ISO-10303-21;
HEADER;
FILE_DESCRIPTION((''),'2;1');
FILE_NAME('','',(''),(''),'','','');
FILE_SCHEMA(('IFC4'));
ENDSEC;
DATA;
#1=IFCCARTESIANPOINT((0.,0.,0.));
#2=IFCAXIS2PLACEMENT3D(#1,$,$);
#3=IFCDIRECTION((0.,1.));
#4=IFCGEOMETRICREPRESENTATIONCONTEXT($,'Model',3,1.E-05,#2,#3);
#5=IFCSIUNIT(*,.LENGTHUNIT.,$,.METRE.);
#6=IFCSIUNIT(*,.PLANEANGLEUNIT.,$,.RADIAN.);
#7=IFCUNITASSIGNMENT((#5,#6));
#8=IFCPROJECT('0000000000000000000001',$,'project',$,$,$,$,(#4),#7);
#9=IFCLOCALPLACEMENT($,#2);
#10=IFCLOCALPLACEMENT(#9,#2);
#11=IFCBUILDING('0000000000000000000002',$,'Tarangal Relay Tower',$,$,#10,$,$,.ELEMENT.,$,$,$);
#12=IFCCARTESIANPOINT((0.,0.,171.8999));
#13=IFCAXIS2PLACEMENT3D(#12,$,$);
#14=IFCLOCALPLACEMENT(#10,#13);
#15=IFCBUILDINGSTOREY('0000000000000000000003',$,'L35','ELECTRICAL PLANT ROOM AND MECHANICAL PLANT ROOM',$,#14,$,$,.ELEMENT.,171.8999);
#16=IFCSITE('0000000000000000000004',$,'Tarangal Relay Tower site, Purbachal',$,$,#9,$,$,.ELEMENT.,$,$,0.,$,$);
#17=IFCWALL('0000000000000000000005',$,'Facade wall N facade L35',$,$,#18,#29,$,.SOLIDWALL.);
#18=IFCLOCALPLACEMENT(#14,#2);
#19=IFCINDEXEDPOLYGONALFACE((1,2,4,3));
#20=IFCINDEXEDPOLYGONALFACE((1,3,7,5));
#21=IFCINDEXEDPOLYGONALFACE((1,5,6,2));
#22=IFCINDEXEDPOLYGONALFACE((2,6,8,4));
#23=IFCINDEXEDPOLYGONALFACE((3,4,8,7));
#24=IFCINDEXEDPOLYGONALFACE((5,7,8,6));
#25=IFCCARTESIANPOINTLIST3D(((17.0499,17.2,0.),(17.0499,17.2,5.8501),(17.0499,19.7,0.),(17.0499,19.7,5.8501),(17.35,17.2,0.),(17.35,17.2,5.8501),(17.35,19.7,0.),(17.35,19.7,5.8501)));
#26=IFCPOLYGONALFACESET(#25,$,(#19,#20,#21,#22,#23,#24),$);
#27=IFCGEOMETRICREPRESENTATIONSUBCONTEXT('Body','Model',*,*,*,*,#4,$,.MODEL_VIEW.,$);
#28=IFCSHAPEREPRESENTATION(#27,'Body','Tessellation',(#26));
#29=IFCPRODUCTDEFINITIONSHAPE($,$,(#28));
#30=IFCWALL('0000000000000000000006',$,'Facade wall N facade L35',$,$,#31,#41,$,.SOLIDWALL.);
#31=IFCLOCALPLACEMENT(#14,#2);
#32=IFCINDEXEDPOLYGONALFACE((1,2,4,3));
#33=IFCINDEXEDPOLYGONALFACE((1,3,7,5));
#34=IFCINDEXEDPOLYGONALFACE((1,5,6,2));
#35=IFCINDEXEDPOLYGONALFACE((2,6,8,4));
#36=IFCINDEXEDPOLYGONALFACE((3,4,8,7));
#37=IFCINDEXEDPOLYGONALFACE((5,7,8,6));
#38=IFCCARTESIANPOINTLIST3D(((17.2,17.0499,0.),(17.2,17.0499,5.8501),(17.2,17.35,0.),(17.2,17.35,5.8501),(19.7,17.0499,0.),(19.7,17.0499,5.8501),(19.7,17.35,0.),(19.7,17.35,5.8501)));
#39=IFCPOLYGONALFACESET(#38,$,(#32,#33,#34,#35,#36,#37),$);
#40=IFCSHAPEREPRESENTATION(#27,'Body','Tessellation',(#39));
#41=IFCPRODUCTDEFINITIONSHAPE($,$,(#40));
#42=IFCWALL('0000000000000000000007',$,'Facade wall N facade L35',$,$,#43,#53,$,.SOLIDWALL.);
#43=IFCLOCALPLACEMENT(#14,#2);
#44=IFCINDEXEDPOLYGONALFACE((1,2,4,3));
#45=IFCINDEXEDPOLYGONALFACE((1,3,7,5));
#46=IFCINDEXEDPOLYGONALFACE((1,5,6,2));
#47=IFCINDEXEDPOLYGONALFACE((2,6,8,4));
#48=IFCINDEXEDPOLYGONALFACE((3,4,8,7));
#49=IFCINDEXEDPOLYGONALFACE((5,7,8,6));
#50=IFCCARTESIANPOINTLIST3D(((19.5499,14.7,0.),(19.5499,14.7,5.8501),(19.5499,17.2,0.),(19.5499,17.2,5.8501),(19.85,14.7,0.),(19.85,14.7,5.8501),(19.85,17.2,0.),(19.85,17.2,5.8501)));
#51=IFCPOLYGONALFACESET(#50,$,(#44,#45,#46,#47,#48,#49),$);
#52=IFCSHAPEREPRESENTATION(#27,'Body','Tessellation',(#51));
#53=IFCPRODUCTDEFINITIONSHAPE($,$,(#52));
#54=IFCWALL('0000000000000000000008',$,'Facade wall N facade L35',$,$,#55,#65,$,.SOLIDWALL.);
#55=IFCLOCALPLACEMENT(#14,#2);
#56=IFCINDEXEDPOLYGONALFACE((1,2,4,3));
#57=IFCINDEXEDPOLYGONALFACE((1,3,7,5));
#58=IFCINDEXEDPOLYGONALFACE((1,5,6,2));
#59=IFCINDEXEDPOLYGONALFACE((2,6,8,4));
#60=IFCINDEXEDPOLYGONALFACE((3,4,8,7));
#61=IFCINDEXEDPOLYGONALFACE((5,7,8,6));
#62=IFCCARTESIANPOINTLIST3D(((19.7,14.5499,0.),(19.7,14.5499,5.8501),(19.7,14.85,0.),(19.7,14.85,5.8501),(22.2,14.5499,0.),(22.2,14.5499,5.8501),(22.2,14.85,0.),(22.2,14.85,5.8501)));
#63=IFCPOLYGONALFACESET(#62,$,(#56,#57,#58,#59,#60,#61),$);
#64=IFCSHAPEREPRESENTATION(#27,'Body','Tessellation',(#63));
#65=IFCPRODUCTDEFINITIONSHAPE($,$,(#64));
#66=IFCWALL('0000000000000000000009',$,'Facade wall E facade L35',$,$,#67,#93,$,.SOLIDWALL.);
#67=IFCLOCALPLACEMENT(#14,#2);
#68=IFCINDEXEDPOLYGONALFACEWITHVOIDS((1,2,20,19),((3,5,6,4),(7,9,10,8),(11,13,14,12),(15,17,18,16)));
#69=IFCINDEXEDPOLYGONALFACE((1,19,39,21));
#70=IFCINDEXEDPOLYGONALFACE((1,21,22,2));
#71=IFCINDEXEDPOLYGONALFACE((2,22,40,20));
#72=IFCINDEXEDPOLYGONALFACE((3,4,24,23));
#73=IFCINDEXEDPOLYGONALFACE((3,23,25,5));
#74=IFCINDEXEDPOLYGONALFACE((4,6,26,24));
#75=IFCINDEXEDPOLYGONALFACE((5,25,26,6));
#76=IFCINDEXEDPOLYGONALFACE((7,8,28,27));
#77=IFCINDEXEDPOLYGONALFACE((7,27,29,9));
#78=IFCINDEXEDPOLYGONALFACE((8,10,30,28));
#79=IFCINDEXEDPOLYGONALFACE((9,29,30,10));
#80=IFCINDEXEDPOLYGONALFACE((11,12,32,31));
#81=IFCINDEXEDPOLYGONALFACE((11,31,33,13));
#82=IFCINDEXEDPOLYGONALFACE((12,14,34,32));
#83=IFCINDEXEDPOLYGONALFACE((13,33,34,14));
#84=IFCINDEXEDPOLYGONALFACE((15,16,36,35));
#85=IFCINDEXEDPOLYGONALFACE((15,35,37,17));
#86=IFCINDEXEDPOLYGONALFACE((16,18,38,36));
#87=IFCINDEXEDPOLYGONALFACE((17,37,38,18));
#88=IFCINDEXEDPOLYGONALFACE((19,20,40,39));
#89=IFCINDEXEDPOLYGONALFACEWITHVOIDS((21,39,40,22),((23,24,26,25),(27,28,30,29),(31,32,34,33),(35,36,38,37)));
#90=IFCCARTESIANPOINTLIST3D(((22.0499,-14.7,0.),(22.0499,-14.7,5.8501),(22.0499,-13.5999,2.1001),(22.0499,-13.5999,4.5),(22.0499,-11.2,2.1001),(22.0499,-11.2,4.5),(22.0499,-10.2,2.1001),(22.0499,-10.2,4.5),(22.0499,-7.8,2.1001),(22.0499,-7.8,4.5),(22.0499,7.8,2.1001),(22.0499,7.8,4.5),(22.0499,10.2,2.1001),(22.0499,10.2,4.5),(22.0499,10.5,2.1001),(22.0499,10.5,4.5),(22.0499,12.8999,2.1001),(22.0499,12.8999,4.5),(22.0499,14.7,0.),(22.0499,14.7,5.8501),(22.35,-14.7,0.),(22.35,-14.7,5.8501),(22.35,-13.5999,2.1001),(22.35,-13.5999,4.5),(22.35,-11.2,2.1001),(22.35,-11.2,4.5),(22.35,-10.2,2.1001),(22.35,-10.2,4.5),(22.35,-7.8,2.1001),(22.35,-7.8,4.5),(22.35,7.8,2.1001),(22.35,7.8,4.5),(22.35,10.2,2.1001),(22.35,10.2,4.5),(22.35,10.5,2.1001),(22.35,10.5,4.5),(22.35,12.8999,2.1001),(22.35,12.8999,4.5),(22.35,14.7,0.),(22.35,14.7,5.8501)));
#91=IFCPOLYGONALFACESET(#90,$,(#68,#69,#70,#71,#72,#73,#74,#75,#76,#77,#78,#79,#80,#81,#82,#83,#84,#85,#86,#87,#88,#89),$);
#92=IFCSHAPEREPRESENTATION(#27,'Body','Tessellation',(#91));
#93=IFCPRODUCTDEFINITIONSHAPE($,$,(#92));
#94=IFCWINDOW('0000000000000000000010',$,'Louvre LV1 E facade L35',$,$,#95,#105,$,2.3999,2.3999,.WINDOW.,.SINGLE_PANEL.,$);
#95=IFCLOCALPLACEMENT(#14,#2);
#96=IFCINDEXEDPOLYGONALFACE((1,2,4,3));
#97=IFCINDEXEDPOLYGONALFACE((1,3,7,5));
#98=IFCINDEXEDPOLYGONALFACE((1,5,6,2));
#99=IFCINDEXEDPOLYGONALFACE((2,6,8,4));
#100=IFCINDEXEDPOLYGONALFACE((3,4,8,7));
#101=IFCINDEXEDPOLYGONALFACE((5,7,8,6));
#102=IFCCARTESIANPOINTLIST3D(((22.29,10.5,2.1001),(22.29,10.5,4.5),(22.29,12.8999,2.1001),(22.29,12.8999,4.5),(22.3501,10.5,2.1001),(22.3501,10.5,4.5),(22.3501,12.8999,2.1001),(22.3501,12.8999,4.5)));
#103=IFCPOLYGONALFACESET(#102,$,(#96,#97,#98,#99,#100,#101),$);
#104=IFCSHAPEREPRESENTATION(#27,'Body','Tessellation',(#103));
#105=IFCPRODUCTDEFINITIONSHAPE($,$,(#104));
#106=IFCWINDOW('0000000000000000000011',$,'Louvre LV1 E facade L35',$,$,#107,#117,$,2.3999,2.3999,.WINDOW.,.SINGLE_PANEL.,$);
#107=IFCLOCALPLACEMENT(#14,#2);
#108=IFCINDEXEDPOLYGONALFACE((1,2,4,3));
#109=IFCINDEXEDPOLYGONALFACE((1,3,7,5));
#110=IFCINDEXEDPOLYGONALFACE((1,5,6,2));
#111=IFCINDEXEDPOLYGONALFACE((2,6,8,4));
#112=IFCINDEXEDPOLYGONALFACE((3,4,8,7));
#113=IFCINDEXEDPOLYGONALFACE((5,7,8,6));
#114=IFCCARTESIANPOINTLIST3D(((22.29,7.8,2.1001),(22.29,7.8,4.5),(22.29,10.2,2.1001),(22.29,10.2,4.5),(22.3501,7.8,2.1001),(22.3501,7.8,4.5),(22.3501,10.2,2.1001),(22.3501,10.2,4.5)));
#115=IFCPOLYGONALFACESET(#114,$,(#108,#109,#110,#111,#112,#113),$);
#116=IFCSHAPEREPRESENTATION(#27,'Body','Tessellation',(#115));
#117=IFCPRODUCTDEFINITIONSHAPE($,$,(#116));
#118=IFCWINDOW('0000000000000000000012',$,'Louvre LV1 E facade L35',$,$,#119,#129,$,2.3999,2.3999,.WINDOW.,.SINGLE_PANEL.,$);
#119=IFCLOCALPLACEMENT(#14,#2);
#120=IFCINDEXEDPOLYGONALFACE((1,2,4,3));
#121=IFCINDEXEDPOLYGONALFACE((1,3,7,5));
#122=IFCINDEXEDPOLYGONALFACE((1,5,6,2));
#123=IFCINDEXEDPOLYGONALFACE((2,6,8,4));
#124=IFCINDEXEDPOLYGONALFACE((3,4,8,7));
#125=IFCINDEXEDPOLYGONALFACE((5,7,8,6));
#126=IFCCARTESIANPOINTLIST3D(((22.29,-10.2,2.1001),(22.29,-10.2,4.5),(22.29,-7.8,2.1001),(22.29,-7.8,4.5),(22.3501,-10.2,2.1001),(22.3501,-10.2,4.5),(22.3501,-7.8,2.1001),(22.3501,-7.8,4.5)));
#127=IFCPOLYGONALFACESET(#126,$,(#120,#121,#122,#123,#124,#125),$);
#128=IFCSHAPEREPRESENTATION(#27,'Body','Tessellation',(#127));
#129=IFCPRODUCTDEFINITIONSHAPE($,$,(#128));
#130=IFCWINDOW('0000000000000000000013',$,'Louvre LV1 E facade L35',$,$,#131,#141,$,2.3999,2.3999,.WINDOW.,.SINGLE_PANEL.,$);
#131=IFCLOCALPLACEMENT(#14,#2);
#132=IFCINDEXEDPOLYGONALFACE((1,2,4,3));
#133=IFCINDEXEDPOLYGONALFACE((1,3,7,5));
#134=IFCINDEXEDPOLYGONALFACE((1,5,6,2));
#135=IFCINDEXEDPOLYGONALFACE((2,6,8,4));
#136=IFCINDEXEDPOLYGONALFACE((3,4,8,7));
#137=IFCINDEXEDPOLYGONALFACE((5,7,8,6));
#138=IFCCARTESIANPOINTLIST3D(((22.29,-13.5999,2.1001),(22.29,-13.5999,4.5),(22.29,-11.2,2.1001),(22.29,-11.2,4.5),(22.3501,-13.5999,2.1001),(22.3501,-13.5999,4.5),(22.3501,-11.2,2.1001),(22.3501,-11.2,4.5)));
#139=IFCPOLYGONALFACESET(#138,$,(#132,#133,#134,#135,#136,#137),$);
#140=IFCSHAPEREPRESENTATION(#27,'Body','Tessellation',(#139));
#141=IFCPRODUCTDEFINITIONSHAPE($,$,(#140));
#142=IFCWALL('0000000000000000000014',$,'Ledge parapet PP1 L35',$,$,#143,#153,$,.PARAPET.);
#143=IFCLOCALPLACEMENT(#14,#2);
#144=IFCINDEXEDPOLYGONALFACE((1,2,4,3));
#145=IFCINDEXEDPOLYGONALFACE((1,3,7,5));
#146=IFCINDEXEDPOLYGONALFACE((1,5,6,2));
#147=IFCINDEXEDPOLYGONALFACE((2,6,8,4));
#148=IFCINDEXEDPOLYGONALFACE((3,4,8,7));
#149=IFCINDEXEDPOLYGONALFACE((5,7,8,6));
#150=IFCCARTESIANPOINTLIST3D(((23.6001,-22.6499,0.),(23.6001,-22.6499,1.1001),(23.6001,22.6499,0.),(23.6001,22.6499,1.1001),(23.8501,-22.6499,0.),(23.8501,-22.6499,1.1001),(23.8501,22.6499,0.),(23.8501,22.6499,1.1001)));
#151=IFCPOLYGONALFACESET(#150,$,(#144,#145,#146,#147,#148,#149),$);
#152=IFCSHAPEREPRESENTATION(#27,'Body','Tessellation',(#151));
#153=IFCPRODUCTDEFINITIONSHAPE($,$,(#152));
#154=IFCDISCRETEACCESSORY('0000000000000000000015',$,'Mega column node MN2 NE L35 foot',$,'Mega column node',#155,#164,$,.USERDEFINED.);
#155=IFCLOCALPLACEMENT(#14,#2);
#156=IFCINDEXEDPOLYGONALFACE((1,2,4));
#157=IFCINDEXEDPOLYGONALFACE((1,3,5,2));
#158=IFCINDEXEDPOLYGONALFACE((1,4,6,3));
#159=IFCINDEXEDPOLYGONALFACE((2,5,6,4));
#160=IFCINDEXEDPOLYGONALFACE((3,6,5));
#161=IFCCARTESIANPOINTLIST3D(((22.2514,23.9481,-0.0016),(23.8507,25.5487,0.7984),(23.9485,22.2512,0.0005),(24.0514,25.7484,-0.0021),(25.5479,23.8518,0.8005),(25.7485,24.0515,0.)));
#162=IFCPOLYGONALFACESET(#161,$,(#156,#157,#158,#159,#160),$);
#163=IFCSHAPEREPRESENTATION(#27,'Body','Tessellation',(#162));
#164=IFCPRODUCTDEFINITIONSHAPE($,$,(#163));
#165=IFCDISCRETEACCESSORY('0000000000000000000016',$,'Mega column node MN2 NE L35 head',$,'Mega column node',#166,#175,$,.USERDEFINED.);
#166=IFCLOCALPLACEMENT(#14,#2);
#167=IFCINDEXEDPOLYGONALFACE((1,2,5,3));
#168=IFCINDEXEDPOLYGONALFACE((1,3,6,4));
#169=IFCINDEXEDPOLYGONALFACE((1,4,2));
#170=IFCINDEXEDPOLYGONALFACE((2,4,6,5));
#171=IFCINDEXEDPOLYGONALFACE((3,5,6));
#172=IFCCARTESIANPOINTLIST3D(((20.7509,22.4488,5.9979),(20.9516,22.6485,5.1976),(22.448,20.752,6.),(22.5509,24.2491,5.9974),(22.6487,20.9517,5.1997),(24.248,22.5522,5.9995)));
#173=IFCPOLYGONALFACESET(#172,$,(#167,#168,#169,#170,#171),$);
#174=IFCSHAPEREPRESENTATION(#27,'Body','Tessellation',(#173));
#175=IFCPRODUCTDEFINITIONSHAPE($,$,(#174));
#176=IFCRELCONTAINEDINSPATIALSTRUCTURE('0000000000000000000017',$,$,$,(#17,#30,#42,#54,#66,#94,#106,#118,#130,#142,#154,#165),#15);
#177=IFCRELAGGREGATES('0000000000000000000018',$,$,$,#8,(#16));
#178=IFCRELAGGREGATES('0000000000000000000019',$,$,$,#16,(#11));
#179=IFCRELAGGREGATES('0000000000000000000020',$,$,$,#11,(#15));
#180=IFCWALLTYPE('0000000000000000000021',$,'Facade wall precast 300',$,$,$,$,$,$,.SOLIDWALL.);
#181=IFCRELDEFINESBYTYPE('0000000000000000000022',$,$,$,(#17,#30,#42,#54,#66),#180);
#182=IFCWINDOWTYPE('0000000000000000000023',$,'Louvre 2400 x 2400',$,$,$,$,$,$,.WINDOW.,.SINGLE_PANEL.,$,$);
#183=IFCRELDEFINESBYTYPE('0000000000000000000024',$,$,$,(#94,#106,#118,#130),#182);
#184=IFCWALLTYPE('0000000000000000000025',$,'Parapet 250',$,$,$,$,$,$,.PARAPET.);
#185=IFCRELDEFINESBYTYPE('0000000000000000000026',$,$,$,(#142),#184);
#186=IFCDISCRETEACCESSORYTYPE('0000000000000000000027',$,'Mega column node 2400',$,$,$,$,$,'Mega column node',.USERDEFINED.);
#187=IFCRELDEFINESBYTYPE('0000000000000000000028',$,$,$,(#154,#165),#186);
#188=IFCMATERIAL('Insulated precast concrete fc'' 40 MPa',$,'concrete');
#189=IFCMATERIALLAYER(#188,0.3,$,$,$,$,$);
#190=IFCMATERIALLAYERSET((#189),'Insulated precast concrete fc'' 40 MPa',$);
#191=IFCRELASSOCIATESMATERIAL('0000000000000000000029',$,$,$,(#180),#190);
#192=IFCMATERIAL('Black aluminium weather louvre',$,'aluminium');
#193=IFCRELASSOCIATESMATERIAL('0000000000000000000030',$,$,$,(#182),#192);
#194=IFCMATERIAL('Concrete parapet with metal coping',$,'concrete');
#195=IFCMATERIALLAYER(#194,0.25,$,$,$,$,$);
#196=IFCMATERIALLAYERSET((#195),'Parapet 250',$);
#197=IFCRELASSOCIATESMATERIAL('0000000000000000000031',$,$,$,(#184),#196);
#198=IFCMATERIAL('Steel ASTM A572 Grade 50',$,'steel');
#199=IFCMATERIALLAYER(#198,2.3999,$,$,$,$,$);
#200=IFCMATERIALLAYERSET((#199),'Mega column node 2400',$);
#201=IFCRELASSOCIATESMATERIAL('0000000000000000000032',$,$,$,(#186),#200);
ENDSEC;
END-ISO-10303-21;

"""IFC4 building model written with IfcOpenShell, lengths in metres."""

from ifc_helpers import new_model, si_unit, direction, frame, frame_2d, origin, place, context, subcontext, project, spatial, polyline, rectangle, outline, extrude, material, layer, layer_set, type_object, element, fill, save


model = new_model("IFC4")

# Units and contexts
model_context = context("Model", 3, precision=1e-05, world=origin(), true_north=direction((0.0, 1.0)))
body_context = subcontext(model_context, "Body", "Model", "MODEL_VIEW")
ifc_project = project(units=[si_unit("LENGTHUNIT", "METRE"), si_unit("PLANEANGLEUNIT", "RADIAN")], contexts=[model_context])

# Site, building, storey
site_placement = place(None, origin())
site = spatial("IfcSite", under=ifc_project, at=site_placement, Name="Tarangal Relay Tower site, Purbachal", CompositionType="ELEMENT", RefElevation=0.0)
building_placement = place(site_placement, origin())
building = spatial("IfcBuilding", under=site, at=building_placement, Name="Tarangal Relay Tower", CompositionType="ELEMENT")
storey_placement = place(building_placement, frame((0.0, 0.0, 171.8999)))
storey = spatial("IfcBuildingStorey", under=building, at=storey_placement, Name="L35", Description="ELECTRICAL PLANT ROOM AND MECHANICAL PLANT ROOM", CompositionType="ELEMENT", Elevation=171.8999)

# Shared definitions
ifc_material_1 = material(Name="Insulated precast concrete fc' 40 MPa", Category="concrete")
ifc_layer_1 = layer(ifc_material_1, 0.3)
ifc_layer_set_1 = layer_set([ifc_layer_1], Name="Insulated precast concrete fc' 40 MPa")
wall_type_1 = type_object("IfcWallType", Name="Facade wall precast 300", PredefinedType="SOLIDWALL", material=ifc_layer_set_1)

# Walls
for number, where, z_axis, x_axis, name in (
    (1, (17.2, 19.7, 0.0), (0.0, 0.0, 1.0), (0.0, -1.0, 0.0), "Facade wall N facade L35"),
    (2, (17.2, 17.2, 0.0), (0.0, 0.0, 1.0), (1.0, 0.0, 0.0), "Facade wall N facade L35"),
    (3, (19.7, 17.2, 0.0), (0.0, 0.0, 1.0), (0.0, -1.0, 0.0), "Facade wall N facade L35"),
    (4, (19.7, 14.7, 0.0), (0.0, 0.0, 1.0), (1.0, 0.0, 0.0), "Facade wall N facade L35"),
):
    element("IfcWall", number, at=place(storey_placement, frame(where, z_axis=z_axis, x_axis=x_axis)), inside=storey, type_object=wall_type_1, Name=name, PredefinedType="SOLIDWALL", context=body_context, shape_type="SweptSolid", body=[
        extrude(rectangle(XDim=2.5, YDim=0.3, at=frame_2d((1.25, 0.0))), origin(), (0.0, 0.0, 1.0), 5.8501),
    ])

# Wall, openings, windows
wall_1_placement = place(storey_placement, frame((22.2, 14.7, 0.0), z_axis=(0.0, 0.0, 1.0), x_axis=(0.0, -1.0, 0.0)))
wall_1 = element("IfcWall", 5, at=wall_1_placement, inside=storey, type_object=wall_type_1, Name="Facade wall E facade L35", PredefinedType="SOLIDWALL", context=body_context, shape_type="SweptSolid", body=[
    extrude(rectangle(XDim=29.3999, YDim=0.3, at=frame_2d((14.7, 0.0))), origin(), (0.0, 0.0, 1.0), 5.8501),
])
opening_1_placement = place(wall_1_placement, frame((1.8, 0.0, 2.1001)))
opening_1 = element("IfcOpeningElement", 6, at=opening_1_placement, cuts=wall_1, PredefinedType="OPENING", context=body_context, shape_type="SweptSolid", body=[
    extrude(rectangle(XDim=2.3999, YDim=2.3999, at=frame_2d((1.2, 1.2))), frame((0.0, 0.1599, 0.0), z_axis=(0.0, -1.0, 0.0), x_axis=(1.0, 0.0, 0.0)), (0.0, 0.0, 1.0), 0.3201),
])
opening_2_placement = place(wall_1_placement, frame((4.5, 0.0, 2.1001)))
opening_2 = element("IfcOpeningElement", 7, at=opening_2_placement, cuts=wall_1, PredefinedType="OPENING", context=body_context, shape_type="SweptSolid", body=[
    extrude(rectangle(XDim=2.3999, YDim=2.3999, at=frame_2d((1.2, 1.2))), frame((0.0, 0.1599, 0.0), z_axis=(0.0, -1.0, 0.0), x_axis=(1.0, 0.0, 0.0)), (0.0, 0.0, 1.0), 0.3201),
])
opening_3_placement = place(wall_1_placement, frame((22.5, 0.0, 2.1001)))
opening_3 = element("IfcOpeningElement", 8, at=opening_3_placement, cuts=wall_1, PredefinedType="OPENING", context=body_context, shape_type="SweptSolid", body=[
    extrude(rectangle(XDim=2.3999, YDim=2.3999, at=frame_2d((1.2, 1.2))), frame((0.0, 0.1599, 0.0), z_axis=(0.0, -1.0, 0.0), x_axis=(1.0, 0.0, 0.0)), (0.0, 0.0, 1.0), 0.3201),
])
opening_4_placement = place(wall_1_placement, frame((25.8999, 0.0, 2.1001)))
opening_4 = element("IfcOpeningElement", 9, at=opening_4_placement, cuts=wall_1, PredefinedType="OPENING", context=body_context, shape_type="SweptSolid", body=[
    extrude(rectangle(XDim=2.3999, YDim=2.3999, at=frame_2d((1.2, 1.2))), frame((0.0, 0.1599, 0.0), z_axis=(0.0, -1.0, 0.0), x_axis=(1.0, 0.0, 0.0)), (0.0, 0.0, 1.0), 0.3201),
])
ifc_material_2 = material(Name="Black aluminium weather louvre", Category="aluminium")
window_type = type_object("IfcWindowType", Name="Louvre 2400 x 2400", PartitioningType="SINGLE_PANEL", PredefinedType="WINDOW", material=ifc_material_2)
window_1_placement = place(opening_1_placement, origin())
window_1 = element("IfcWindow", 10, at=window_1_placement, inside=storey, type_object=window_type, Name="Louvre LV1 E facade L35", OverallHeight=2.3999, OverallWidth=2.3999, PartitioningType="SINGLE_PANEL", PredefinedType="WINDOW", context=body_context, shape_type="SweptSolid", body=[
    extrude(rectangle(XDim=2.3999, YDim=2.3999, at=frame_2d((1.2, 1.2))), frame((0.0, 0.1501, 0.0), z_axis=(0.0, -1.0, 0.0), x_axis=(1.0, 0.0, 0.0)), (0.0, 0.0, 1.0), 0.0601),
])
fill(opening_1, window_1)
window_2_placement = place(opening_2_placement, origin())
window_2 = element("IfcWindow", 11, at=window_2_placement, inside=storey, type_object=window_type, Name="Louvre LV1 E facade L35", OverallHeight=2.3999, OverallWidth=2.3999, PartitioningType="SINGLE_PANEL", PredefinedType="WINDOW", context=body_context, shape_type="SweptSolid", body=[
    extrude(rectangle(XDim=2.3999, YDim=2.3999, at=frame_2d((1.2, 1.2))), frame((0.0, 0.1501, 0.0), z_axis=(0.0, -1.0, 0.0), x_axis=(1.0, 0.0, 0.0)), (0.0, 0.0, 1.0), 0.0601),
])
fill(opening_2, window_2)
window_3_placement = place(opening_3_placement, origin())
window_3 = element("IfcWindow", 12, at=window_3_placement, inside=storey, type_object=window_type, Name="Louvre LV1 E facade L35", OverallHeight=2.3999, OverallWidth=2.3999, PartitioningType="SINGLE_PANEL", PredefinedType="WINDOW", context=body_context, shape_type="SweptSolid", body=[
    extrude(rectangle(XDim=2.3999, YDim=2.3999, at=frame_2d((1.2, 1.2))), frame((0.0, 0.1501, 0.0), z_axis=(0.0, -1.0, 0.0), x_axis=(1.0, 0.0, 0.0)), (0.0, 0.0, 1.0), 0.0601),
])
fill(opening_3, window_3)
window_4_placement = place(opening_4_placement, origin())
window_4 = element("IfcWindow", 13, at=window_4_placement, inside=storey, type_object=window_type, Name="Louvre LV1 E facade L35", OverallHeight=2.3999, OverallWidth=2.3999, PartitioningType="SINGLE_PANEL", PredefinedType="WINDOW", context=body_context, shape_type="SweptSolid", body=[
    extrude(rectangle(XDim=2.3999, YDim=2.3999, at=frame_2d((1.2, 1.2))), frame((0.0, 0.1501, 0.0), z_axis=(0.0, -1.0, 0.0), x_axis=(1.0, 0.0, 0.0)), (0.0, 0.0, 1.0), 0.0601),
])
fill(opening_4, window_4)

# Wall
ifc_material_3 = material(Name="Concrete parapet with metal coping", Category="concrete")
ifc_layer_2 = layer(ifc_material_3, 0.25)
ifc_layer_set_2 = layer_set([ifc_layer_2], Name="Parapet 250")
wall_type_2 = type_object("IfcWallType", Name="Parapet 250", PredefinedType="PARAPET", material=ifc_layer_set_2)
wall_2_placement = place(storey_placement, frame((23.7251, 22.6499, 0.0), z_axis=(0.0, 0.0, 1.0), x_axis=(0.0, -1.0, 0.0)))
element("IfcWall", 14, at=wall_2_placement, inside=storey, type_object=wall_type_2, Name="Ledge parapet PP1 L35", PredefinedType="PARAPET", context=body_context, shape_type="SweptSolid", body=[
    extrude(rectangle(XDim=45.2998, YDim=0.25, at=frame_2d((22.6499, 0.0))), origin(), (0.0, 0.0, 1.0), 1.1001),
])

# Discrete accessories
ifc_material_4 = material(Name="Steel ASTM A572 Grade 50", Category="steel")
ifc_layer_3 = layer(ifc_material_4, 2.3999)
ifc_layer_set_3 = layer_set([ifc_layer_3], Name="Mega column node 2400")
discrete_accessory_type = type_object("IfcDiscreteAccessoryType", Name="Mega column node 2400", ElementType="Mega column node", PredefinedType="USERDEFINED", material=ifc_layer_set_3)
discrete_accessory_1_placement = place(storey_placement, frame((23.9485, 22.2512, 0.0005), z_axis=(0.707155, -0.707058, 0.000887), x_axis=(0.666407, 0.666915, 0.333356)))
element("IfcDiscreteAccessory", 15, at=discrete_accessory_1_placement, inside=storey, type_object=discrete_accessory_type, Name="Mega column node MN2 NE L35 foot", ObjectType="Mega column node", PredefinedType="USERDEFINED", context=body_context, shape_type="SweptSolid", body=[
    extrude(outline(polyline([(0.0, 0.0), (2.4, 0.0), (2.4, -0.8491), (0.0, 0.0)])), origin(), (0.0, 0.0, -1.0), 2.3999),
])
discrete_accessory_2_placement = place(storey_placement, frame((24.248, 22.5522, 5.9995), z_axis=(0.707155, -0.707058, 0.000887), x_axis=(-0.666429, -0.666938, -0.333265)))
element("IfcDiscreteAccessory", 16, at=discrete_accessory_2_placement, inside=storey, type_object=discrete_accessory_type, Name="Mega column node MN2 NE L35 head", ObjectType="Mega column node", PredefinedType="USERDEFINED", context=body_context, shape_type="SweptSolid", body=[
    extrude(outline(polyline([(0.0, 0.0), (2.3999, 0.0), (2.4001, -0.8489), (0.0, 0.0)])), origin(), (0.0, 0.0, -1.0), 2.3999),
])

save(model, "model.ifc")
